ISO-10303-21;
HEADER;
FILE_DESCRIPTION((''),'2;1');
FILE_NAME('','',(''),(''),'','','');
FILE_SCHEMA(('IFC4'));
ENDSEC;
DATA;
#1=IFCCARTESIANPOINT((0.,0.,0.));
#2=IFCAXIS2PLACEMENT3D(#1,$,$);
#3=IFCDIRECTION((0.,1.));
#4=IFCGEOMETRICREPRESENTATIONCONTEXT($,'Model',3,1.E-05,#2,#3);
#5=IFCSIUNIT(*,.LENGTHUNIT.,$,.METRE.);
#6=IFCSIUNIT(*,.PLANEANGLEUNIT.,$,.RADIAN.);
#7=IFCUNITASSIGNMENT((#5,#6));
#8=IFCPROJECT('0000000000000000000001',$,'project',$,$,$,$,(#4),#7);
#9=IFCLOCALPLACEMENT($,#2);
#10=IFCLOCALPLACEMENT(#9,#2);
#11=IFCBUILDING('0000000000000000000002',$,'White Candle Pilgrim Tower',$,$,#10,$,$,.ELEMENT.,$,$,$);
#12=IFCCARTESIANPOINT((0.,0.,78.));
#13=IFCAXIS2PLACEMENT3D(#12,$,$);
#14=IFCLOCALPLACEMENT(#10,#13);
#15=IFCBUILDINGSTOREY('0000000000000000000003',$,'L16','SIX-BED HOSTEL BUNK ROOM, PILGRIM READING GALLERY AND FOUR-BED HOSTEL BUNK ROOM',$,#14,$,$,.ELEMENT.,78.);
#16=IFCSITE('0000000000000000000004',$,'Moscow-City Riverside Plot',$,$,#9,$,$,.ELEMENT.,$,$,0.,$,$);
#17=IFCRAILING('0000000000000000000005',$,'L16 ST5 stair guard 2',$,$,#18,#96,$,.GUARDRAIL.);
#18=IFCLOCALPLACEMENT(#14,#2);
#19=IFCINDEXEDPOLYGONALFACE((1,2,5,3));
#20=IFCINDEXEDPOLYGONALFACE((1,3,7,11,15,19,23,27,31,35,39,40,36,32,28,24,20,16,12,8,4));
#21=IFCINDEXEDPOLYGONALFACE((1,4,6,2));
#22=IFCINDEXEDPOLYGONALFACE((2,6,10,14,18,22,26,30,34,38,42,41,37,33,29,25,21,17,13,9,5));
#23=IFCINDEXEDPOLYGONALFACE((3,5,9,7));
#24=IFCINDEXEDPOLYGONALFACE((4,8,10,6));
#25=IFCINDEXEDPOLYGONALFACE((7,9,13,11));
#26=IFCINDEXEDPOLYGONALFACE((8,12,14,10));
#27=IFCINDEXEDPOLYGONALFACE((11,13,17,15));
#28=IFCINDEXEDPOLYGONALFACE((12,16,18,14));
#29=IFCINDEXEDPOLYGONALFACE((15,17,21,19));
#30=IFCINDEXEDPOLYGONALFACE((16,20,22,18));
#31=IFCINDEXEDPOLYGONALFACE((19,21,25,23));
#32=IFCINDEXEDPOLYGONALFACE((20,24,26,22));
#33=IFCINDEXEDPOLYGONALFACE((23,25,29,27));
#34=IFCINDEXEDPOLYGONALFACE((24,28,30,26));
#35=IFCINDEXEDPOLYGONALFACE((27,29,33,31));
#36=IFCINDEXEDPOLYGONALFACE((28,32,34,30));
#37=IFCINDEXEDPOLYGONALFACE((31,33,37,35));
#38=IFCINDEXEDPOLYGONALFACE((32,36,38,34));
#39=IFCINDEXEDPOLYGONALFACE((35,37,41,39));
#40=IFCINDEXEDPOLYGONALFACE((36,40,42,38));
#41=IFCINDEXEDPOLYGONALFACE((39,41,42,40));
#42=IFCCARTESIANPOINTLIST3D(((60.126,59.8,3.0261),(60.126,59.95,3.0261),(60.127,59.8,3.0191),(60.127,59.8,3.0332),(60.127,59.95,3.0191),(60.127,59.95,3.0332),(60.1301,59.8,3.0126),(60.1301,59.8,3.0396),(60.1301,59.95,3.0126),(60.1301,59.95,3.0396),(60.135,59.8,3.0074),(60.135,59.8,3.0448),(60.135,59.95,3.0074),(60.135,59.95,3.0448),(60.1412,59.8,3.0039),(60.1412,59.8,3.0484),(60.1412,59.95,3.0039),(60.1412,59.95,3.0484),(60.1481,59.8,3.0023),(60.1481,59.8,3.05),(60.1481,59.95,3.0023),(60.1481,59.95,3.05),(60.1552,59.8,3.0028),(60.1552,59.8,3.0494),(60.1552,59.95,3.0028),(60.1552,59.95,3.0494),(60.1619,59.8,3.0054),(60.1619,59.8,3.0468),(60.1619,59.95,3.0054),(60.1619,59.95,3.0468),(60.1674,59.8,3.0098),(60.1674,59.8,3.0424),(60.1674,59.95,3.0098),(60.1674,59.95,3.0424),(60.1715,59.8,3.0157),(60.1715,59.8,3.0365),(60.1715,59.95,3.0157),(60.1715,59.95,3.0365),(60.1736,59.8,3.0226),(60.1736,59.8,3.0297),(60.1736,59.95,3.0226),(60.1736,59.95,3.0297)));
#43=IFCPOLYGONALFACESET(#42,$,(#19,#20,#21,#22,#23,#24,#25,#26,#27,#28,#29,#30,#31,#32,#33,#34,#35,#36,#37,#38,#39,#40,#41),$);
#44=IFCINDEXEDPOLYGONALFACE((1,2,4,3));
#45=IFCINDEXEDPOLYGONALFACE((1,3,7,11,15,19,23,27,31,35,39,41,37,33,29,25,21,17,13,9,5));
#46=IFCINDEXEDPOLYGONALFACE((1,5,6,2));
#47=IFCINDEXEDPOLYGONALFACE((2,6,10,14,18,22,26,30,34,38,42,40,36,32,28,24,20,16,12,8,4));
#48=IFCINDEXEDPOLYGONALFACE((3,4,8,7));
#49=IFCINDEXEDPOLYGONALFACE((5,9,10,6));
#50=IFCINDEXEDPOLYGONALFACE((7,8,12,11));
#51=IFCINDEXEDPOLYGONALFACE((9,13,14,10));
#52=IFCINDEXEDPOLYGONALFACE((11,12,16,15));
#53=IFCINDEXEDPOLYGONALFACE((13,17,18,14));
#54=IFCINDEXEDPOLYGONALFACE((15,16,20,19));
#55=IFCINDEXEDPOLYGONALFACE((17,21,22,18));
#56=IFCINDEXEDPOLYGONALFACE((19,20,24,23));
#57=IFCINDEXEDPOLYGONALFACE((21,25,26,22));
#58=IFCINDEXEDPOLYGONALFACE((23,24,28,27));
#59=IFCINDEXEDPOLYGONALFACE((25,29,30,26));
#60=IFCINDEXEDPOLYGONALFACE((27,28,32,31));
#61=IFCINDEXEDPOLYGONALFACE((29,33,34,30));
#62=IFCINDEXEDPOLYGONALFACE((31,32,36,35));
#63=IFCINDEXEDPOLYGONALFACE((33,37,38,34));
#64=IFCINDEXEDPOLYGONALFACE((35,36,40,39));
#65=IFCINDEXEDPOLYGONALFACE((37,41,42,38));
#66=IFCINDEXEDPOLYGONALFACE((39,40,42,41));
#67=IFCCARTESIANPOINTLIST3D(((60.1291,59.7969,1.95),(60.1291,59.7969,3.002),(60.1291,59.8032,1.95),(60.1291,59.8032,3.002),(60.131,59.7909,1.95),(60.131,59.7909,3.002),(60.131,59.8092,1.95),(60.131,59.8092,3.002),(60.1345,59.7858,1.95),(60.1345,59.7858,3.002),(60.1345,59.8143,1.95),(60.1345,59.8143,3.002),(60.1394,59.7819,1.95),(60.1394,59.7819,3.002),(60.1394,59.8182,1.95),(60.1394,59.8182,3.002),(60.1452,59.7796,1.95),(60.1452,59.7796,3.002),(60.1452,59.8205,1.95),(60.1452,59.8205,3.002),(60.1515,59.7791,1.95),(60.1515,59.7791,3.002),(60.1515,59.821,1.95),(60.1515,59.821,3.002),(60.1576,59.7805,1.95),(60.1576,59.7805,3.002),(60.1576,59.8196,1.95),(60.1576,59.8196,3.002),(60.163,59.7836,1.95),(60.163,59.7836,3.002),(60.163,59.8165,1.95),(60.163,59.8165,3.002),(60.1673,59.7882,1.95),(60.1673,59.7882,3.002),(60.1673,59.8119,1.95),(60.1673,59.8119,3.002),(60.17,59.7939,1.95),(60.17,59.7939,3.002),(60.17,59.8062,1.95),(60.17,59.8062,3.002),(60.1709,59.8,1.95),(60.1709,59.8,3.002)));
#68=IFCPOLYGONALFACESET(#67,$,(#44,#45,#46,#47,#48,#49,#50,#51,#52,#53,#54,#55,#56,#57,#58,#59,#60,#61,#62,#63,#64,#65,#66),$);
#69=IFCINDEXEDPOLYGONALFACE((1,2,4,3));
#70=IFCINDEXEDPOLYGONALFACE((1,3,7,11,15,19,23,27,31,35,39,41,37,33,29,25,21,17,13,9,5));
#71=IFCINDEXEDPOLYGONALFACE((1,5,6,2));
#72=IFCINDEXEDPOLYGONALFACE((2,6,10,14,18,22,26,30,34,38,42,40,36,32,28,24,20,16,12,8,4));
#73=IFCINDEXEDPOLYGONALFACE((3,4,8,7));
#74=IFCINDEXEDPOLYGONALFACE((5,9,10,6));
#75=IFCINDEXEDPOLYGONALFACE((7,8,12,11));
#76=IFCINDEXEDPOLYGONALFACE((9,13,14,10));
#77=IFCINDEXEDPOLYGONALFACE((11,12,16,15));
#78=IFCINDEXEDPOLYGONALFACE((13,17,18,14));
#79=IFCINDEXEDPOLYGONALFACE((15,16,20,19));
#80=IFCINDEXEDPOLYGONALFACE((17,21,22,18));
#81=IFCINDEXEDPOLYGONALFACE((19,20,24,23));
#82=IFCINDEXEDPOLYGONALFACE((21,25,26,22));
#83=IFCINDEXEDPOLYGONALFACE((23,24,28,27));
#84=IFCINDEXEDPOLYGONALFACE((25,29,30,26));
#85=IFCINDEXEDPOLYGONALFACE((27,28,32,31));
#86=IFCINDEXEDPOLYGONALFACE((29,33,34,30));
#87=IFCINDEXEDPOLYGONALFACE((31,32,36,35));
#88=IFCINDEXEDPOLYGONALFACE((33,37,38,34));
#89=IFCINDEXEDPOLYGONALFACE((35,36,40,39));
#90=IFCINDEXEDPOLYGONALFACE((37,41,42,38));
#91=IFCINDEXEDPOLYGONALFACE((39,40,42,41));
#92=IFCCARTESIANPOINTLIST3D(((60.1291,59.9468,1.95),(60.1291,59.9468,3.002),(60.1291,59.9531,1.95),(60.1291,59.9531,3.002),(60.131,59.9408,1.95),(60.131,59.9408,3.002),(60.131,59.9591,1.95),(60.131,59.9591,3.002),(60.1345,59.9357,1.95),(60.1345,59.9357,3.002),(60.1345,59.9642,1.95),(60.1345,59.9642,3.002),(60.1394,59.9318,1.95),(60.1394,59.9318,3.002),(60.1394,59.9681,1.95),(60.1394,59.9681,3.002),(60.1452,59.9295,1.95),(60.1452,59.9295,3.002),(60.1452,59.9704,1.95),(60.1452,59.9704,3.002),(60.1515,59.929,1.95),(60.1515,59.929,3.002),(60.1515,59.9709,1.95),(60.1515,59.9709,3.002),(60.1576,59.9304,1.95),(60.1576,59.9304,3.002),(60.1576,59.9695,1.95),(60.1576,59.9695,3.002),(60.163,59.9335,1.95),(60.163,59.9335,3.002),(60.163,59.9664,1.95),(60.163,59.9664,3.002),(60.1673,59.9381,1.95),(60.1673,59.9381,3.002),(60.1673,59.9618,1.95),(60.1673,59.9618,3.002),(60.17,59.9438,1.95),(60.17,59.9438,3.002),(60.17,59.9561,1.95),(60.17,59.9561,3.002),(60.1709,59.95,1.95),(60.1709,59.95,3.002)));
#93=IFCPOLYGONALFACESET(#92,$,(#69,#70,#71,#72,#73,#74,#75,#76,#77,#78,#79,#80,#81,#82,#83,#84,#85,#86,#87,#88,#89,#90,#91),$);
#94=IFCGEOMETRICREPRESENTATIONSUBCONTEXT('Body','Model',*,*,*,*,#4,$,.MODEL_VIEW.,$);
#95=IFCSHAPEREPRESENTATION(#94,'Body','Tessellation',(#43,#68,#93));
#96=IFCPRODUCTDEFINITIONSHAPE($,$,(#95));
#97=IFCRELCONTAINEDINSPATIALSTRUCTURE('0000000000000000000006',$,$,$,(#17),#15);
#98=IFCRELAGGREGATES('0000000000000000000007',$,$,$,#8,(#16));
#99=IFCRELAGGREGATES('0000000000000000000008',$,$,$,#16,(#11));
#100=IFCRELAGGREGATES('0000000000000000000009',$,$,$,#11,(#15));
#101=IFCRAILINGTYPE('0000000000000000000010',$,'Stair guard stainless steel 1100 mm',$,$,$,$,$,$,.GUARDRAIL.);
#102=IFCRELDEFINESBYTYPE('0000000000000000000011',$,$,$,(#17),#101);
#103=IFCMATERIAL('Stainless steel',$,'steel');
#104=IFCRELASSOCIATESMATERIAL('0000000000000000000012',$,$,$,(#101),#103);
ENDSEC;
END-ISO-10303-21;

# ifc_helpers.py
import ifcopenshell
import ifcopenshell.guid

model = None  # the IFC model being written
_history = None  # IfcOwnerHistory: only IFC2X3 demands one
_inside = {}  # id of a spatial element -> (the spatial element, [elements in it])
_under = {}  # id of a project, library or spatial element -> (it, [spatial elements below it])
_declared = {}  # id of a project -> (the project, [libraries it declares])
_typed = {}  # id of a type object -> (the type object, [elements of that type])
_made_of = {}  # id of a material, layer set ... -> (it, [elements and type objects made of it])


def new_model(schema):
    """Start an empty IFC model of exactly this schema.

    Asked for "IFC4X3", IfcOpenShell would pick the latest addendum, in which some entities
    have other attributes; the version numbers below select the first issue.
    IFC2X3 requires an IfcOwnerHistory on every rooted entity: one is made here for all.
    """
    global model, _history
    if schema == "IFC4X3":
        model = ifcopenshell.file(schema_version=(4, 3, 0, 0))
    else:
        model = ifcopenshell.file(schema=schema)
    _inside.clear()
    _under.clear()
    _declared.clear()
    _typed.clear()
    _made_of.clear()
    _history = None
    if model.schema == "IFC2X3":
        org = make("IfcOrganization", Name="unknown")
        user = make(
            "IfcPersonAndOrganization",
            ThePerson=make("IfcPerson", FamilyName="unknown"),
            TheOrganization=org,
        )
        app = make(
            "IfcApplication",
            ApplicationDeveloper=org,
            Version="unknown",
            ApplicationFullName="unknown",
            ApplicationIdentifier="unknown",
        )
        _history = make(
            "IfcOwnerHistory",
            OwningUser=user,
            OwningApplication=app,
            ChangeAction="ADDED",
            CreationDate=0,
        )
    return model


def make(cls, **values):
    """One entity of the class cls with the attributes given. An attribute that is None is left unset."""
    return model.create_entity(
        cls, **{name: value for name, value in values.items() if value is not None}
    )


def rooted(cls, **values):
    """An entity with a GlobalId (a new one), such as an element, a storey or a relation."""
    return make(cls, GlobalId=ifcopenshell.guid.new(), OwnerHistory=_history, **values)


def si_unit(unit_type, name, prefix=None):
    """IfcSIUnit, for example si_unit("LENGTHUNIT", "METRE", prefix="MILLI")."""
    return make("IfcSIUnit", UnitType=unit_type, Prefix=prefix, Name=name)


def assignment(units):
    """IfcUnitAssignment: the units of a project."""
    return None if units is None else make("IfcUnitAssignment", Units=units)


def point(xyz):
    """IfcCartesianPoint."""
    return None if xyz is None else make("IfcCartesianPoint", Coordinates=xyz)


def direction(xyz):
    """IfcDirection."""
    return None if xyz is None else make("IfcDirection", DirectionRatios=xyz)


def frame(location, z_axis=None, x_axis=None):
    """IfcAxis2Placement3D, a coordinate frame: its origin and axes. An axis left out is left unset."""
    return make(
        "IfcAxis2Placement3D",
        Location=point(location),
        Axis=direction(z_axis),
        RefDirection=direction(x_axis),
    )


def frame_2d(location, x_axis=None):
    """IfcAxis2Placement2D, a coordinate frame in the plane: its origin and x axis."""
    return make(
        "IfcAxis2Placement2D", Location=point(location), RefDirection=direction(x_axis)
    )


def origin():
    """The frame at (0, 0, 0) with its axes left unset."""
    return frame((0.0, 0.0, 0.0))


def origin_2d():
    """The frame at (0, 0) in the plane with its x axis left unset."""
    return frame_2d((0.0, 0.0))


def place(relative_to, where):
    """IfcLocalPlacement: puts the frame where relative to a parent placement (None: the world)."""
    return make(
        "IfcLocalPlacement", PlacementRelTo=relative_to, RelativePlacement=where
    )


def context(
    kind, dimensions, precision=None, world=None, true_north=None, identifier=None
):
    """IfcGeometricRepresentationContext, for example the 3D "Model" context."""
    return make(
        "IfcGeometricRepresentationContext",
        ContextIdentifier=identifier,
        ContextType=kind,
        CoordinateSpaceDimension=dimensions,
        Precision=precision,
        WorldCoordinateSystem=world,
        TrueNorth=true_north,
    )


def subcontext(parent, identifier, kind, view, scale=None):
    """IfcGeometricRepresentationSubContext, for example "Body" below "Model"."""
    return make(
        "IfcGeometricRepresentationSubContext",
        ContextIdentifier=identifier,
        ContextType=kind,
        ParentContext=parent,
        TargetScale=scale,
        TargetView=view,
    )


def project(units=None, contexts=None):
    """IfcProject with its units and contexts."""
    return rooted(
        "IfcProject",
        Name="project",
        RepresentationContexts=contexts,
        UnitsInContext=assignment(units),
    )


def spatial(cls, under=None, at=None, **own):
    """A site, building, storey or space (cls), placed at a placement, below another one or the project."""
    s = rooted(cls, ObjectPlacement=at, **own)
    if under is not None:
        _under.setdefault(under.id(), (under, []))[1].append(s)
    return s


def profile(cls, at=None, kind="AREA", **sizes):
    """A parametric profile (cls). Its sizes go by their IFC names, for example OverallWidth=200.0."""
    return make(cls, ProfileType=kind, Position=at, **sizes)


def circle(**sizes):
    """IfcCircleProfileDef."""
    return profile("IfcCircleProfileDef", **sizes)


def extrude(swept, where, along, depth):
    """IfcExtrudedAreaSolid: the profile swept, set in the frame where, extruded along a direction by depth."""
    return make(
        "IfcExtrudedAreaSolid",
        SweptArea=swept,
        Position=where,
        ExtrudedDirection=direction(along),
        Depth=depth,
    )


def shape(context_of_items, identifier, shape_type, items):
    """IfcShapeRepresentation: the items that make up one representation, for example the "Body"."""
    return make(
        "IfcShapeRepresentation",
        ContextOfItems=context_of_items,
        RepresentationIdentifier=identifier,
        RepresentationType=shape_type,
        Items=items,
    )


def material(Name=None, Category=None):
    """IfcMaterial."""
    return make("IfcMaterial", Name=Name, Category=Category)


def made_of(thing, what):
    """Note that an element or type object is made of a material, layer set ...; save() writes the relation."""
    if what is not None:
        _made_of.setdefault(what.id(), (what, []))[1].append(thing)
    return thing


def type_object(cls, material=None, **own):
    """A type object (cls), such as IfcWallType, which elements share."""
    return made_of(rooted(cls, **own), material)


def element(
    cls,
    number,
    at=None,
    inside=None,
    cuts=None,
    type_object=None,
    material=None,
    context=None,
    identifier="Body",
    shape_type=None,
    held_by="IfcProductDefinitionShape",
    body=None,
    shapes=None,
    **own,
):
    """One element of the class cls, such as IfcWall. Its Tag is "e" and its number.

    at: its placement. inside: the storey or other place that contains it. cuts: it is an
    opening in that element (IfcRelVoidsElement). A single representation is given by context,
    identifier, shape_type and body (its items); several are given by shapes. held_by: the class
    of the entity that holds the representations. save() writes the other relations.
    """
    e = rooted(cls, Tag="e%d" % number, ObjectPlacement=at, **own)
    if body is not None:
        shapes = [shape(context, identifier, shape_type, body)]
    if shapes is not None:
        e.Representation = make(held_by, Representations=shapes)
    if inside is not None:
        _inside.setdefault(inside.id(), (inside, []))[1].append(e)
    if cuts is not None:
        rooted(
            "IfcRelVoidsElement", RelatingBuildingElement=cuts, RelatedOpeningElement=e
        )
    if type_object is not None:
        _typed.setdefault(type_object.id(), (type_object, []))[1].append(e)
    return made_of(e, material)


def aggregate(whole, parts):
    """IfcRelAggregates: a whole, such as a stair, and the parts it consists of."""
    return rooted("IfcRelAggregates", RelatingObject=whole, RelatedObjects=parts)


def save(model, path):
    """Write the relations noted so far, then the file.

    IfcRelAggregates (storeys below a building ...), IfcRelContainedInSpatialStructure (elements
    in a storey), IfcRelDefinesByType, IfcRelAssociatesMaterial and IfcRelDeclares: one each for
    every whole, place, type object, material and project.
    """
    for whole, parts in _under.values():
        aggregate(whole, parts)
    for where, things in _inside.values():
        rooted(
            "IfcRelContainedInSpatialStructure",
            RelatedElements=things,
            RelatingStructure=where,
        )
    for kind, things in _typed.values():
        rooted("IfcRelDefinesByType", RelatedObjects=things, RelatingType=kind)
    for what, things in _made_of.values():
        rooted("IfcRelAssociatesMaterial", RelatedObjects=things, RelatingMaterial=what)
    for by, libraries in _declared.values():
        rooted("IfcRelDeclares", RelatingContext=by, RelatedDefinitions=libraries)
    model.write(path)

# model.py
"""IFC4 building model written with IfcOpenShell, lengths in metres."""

from ifc_helpers import new_model, si_unit, direction, frame, origin, origin_2d, place, context, subcontext, project, spatial, circle, extrude, material, type_object, element, save


model = new_model("IFC4")

# Units and contexts
model_context = context("Model", 3, precision=1e-05, world=origin(), true_north=direction((0.0, 1.0)))
body_context = subcontext(model_context, "Body", "Model", "MODEL_VIEW")
ifc_project = project(units=[si_unit("LENGTHUNIT", "METRE"), si_unit("PLANEANGLEUNIT", "RADIAN")], contexts=[model_context])

# Site, building, storey
site_placement = place(None, origin())
site = spatial("IfcSite", under=ifc_project, at=site_placement, Name="Moscow-City Riverside Plot", CompositionType="ELEMENT", RefElevation=0.0)
building_placement = place(site_placement, origin())
building = spatial("IfcBuilding", under=site, at=building_placement, Name="White Candle Pilgrim Tower", CompositionType="ELEMENT")
storey_placement = place(building_placement, frame((0.0, 0.0, 78.0)))
storey = spatial("IfcBuildingStorey", under=building, at=storey_placement, Name="L16", Description="SIX-BED HOSTEL BUNK ROOM, PILGRIM READING GALLERY AND FOUR-BED HOSTEL BUNK ROOM", CompositionType="ELEMENT", Elevation=78.0)

# Railing
ifc_material_1 = material(Name="Stainless steel", Category="steel")
railing_type_1 = type_object("IfcRailingType", Name="Stair guard stainless steel 1100 mm", PredefinedType="GUARDRAIL", material=ifc_material_1)
railing_1_placement = place(storey_placement, frame((60.1499, 59.8, 1.95)))
element("IfcRailing", 1, at=railing_1_placement, inside=storey, type_object=railing_type_1, Name="L16 ST5 stair guard 2", PredefinedType="GUARDRAIL", context=body_context, shape_type="SweptSolid", body=[
    extrude(circle(Radius=0.0239, at=origin_2d()), frame((0.0, 0.0, 1.0762), z_axis=(0.0, 1.0, 0.0), x_axis=(-1.0, 0.0, 0.0)), (0.0, 0.0, 1.0), 0.1499),
    extrude(circle(Radius=0.021, at=origin_2d()), origin(), (0.0, 0.0, 1.0), 1.052),
    extrude(circle(Radius=0.021, at=origin_2d()), frame((0.0, 0.1499, 0.0)), (0.0, 0.0, 1.0), 1.052),
])

save(model, "model.ifc")
